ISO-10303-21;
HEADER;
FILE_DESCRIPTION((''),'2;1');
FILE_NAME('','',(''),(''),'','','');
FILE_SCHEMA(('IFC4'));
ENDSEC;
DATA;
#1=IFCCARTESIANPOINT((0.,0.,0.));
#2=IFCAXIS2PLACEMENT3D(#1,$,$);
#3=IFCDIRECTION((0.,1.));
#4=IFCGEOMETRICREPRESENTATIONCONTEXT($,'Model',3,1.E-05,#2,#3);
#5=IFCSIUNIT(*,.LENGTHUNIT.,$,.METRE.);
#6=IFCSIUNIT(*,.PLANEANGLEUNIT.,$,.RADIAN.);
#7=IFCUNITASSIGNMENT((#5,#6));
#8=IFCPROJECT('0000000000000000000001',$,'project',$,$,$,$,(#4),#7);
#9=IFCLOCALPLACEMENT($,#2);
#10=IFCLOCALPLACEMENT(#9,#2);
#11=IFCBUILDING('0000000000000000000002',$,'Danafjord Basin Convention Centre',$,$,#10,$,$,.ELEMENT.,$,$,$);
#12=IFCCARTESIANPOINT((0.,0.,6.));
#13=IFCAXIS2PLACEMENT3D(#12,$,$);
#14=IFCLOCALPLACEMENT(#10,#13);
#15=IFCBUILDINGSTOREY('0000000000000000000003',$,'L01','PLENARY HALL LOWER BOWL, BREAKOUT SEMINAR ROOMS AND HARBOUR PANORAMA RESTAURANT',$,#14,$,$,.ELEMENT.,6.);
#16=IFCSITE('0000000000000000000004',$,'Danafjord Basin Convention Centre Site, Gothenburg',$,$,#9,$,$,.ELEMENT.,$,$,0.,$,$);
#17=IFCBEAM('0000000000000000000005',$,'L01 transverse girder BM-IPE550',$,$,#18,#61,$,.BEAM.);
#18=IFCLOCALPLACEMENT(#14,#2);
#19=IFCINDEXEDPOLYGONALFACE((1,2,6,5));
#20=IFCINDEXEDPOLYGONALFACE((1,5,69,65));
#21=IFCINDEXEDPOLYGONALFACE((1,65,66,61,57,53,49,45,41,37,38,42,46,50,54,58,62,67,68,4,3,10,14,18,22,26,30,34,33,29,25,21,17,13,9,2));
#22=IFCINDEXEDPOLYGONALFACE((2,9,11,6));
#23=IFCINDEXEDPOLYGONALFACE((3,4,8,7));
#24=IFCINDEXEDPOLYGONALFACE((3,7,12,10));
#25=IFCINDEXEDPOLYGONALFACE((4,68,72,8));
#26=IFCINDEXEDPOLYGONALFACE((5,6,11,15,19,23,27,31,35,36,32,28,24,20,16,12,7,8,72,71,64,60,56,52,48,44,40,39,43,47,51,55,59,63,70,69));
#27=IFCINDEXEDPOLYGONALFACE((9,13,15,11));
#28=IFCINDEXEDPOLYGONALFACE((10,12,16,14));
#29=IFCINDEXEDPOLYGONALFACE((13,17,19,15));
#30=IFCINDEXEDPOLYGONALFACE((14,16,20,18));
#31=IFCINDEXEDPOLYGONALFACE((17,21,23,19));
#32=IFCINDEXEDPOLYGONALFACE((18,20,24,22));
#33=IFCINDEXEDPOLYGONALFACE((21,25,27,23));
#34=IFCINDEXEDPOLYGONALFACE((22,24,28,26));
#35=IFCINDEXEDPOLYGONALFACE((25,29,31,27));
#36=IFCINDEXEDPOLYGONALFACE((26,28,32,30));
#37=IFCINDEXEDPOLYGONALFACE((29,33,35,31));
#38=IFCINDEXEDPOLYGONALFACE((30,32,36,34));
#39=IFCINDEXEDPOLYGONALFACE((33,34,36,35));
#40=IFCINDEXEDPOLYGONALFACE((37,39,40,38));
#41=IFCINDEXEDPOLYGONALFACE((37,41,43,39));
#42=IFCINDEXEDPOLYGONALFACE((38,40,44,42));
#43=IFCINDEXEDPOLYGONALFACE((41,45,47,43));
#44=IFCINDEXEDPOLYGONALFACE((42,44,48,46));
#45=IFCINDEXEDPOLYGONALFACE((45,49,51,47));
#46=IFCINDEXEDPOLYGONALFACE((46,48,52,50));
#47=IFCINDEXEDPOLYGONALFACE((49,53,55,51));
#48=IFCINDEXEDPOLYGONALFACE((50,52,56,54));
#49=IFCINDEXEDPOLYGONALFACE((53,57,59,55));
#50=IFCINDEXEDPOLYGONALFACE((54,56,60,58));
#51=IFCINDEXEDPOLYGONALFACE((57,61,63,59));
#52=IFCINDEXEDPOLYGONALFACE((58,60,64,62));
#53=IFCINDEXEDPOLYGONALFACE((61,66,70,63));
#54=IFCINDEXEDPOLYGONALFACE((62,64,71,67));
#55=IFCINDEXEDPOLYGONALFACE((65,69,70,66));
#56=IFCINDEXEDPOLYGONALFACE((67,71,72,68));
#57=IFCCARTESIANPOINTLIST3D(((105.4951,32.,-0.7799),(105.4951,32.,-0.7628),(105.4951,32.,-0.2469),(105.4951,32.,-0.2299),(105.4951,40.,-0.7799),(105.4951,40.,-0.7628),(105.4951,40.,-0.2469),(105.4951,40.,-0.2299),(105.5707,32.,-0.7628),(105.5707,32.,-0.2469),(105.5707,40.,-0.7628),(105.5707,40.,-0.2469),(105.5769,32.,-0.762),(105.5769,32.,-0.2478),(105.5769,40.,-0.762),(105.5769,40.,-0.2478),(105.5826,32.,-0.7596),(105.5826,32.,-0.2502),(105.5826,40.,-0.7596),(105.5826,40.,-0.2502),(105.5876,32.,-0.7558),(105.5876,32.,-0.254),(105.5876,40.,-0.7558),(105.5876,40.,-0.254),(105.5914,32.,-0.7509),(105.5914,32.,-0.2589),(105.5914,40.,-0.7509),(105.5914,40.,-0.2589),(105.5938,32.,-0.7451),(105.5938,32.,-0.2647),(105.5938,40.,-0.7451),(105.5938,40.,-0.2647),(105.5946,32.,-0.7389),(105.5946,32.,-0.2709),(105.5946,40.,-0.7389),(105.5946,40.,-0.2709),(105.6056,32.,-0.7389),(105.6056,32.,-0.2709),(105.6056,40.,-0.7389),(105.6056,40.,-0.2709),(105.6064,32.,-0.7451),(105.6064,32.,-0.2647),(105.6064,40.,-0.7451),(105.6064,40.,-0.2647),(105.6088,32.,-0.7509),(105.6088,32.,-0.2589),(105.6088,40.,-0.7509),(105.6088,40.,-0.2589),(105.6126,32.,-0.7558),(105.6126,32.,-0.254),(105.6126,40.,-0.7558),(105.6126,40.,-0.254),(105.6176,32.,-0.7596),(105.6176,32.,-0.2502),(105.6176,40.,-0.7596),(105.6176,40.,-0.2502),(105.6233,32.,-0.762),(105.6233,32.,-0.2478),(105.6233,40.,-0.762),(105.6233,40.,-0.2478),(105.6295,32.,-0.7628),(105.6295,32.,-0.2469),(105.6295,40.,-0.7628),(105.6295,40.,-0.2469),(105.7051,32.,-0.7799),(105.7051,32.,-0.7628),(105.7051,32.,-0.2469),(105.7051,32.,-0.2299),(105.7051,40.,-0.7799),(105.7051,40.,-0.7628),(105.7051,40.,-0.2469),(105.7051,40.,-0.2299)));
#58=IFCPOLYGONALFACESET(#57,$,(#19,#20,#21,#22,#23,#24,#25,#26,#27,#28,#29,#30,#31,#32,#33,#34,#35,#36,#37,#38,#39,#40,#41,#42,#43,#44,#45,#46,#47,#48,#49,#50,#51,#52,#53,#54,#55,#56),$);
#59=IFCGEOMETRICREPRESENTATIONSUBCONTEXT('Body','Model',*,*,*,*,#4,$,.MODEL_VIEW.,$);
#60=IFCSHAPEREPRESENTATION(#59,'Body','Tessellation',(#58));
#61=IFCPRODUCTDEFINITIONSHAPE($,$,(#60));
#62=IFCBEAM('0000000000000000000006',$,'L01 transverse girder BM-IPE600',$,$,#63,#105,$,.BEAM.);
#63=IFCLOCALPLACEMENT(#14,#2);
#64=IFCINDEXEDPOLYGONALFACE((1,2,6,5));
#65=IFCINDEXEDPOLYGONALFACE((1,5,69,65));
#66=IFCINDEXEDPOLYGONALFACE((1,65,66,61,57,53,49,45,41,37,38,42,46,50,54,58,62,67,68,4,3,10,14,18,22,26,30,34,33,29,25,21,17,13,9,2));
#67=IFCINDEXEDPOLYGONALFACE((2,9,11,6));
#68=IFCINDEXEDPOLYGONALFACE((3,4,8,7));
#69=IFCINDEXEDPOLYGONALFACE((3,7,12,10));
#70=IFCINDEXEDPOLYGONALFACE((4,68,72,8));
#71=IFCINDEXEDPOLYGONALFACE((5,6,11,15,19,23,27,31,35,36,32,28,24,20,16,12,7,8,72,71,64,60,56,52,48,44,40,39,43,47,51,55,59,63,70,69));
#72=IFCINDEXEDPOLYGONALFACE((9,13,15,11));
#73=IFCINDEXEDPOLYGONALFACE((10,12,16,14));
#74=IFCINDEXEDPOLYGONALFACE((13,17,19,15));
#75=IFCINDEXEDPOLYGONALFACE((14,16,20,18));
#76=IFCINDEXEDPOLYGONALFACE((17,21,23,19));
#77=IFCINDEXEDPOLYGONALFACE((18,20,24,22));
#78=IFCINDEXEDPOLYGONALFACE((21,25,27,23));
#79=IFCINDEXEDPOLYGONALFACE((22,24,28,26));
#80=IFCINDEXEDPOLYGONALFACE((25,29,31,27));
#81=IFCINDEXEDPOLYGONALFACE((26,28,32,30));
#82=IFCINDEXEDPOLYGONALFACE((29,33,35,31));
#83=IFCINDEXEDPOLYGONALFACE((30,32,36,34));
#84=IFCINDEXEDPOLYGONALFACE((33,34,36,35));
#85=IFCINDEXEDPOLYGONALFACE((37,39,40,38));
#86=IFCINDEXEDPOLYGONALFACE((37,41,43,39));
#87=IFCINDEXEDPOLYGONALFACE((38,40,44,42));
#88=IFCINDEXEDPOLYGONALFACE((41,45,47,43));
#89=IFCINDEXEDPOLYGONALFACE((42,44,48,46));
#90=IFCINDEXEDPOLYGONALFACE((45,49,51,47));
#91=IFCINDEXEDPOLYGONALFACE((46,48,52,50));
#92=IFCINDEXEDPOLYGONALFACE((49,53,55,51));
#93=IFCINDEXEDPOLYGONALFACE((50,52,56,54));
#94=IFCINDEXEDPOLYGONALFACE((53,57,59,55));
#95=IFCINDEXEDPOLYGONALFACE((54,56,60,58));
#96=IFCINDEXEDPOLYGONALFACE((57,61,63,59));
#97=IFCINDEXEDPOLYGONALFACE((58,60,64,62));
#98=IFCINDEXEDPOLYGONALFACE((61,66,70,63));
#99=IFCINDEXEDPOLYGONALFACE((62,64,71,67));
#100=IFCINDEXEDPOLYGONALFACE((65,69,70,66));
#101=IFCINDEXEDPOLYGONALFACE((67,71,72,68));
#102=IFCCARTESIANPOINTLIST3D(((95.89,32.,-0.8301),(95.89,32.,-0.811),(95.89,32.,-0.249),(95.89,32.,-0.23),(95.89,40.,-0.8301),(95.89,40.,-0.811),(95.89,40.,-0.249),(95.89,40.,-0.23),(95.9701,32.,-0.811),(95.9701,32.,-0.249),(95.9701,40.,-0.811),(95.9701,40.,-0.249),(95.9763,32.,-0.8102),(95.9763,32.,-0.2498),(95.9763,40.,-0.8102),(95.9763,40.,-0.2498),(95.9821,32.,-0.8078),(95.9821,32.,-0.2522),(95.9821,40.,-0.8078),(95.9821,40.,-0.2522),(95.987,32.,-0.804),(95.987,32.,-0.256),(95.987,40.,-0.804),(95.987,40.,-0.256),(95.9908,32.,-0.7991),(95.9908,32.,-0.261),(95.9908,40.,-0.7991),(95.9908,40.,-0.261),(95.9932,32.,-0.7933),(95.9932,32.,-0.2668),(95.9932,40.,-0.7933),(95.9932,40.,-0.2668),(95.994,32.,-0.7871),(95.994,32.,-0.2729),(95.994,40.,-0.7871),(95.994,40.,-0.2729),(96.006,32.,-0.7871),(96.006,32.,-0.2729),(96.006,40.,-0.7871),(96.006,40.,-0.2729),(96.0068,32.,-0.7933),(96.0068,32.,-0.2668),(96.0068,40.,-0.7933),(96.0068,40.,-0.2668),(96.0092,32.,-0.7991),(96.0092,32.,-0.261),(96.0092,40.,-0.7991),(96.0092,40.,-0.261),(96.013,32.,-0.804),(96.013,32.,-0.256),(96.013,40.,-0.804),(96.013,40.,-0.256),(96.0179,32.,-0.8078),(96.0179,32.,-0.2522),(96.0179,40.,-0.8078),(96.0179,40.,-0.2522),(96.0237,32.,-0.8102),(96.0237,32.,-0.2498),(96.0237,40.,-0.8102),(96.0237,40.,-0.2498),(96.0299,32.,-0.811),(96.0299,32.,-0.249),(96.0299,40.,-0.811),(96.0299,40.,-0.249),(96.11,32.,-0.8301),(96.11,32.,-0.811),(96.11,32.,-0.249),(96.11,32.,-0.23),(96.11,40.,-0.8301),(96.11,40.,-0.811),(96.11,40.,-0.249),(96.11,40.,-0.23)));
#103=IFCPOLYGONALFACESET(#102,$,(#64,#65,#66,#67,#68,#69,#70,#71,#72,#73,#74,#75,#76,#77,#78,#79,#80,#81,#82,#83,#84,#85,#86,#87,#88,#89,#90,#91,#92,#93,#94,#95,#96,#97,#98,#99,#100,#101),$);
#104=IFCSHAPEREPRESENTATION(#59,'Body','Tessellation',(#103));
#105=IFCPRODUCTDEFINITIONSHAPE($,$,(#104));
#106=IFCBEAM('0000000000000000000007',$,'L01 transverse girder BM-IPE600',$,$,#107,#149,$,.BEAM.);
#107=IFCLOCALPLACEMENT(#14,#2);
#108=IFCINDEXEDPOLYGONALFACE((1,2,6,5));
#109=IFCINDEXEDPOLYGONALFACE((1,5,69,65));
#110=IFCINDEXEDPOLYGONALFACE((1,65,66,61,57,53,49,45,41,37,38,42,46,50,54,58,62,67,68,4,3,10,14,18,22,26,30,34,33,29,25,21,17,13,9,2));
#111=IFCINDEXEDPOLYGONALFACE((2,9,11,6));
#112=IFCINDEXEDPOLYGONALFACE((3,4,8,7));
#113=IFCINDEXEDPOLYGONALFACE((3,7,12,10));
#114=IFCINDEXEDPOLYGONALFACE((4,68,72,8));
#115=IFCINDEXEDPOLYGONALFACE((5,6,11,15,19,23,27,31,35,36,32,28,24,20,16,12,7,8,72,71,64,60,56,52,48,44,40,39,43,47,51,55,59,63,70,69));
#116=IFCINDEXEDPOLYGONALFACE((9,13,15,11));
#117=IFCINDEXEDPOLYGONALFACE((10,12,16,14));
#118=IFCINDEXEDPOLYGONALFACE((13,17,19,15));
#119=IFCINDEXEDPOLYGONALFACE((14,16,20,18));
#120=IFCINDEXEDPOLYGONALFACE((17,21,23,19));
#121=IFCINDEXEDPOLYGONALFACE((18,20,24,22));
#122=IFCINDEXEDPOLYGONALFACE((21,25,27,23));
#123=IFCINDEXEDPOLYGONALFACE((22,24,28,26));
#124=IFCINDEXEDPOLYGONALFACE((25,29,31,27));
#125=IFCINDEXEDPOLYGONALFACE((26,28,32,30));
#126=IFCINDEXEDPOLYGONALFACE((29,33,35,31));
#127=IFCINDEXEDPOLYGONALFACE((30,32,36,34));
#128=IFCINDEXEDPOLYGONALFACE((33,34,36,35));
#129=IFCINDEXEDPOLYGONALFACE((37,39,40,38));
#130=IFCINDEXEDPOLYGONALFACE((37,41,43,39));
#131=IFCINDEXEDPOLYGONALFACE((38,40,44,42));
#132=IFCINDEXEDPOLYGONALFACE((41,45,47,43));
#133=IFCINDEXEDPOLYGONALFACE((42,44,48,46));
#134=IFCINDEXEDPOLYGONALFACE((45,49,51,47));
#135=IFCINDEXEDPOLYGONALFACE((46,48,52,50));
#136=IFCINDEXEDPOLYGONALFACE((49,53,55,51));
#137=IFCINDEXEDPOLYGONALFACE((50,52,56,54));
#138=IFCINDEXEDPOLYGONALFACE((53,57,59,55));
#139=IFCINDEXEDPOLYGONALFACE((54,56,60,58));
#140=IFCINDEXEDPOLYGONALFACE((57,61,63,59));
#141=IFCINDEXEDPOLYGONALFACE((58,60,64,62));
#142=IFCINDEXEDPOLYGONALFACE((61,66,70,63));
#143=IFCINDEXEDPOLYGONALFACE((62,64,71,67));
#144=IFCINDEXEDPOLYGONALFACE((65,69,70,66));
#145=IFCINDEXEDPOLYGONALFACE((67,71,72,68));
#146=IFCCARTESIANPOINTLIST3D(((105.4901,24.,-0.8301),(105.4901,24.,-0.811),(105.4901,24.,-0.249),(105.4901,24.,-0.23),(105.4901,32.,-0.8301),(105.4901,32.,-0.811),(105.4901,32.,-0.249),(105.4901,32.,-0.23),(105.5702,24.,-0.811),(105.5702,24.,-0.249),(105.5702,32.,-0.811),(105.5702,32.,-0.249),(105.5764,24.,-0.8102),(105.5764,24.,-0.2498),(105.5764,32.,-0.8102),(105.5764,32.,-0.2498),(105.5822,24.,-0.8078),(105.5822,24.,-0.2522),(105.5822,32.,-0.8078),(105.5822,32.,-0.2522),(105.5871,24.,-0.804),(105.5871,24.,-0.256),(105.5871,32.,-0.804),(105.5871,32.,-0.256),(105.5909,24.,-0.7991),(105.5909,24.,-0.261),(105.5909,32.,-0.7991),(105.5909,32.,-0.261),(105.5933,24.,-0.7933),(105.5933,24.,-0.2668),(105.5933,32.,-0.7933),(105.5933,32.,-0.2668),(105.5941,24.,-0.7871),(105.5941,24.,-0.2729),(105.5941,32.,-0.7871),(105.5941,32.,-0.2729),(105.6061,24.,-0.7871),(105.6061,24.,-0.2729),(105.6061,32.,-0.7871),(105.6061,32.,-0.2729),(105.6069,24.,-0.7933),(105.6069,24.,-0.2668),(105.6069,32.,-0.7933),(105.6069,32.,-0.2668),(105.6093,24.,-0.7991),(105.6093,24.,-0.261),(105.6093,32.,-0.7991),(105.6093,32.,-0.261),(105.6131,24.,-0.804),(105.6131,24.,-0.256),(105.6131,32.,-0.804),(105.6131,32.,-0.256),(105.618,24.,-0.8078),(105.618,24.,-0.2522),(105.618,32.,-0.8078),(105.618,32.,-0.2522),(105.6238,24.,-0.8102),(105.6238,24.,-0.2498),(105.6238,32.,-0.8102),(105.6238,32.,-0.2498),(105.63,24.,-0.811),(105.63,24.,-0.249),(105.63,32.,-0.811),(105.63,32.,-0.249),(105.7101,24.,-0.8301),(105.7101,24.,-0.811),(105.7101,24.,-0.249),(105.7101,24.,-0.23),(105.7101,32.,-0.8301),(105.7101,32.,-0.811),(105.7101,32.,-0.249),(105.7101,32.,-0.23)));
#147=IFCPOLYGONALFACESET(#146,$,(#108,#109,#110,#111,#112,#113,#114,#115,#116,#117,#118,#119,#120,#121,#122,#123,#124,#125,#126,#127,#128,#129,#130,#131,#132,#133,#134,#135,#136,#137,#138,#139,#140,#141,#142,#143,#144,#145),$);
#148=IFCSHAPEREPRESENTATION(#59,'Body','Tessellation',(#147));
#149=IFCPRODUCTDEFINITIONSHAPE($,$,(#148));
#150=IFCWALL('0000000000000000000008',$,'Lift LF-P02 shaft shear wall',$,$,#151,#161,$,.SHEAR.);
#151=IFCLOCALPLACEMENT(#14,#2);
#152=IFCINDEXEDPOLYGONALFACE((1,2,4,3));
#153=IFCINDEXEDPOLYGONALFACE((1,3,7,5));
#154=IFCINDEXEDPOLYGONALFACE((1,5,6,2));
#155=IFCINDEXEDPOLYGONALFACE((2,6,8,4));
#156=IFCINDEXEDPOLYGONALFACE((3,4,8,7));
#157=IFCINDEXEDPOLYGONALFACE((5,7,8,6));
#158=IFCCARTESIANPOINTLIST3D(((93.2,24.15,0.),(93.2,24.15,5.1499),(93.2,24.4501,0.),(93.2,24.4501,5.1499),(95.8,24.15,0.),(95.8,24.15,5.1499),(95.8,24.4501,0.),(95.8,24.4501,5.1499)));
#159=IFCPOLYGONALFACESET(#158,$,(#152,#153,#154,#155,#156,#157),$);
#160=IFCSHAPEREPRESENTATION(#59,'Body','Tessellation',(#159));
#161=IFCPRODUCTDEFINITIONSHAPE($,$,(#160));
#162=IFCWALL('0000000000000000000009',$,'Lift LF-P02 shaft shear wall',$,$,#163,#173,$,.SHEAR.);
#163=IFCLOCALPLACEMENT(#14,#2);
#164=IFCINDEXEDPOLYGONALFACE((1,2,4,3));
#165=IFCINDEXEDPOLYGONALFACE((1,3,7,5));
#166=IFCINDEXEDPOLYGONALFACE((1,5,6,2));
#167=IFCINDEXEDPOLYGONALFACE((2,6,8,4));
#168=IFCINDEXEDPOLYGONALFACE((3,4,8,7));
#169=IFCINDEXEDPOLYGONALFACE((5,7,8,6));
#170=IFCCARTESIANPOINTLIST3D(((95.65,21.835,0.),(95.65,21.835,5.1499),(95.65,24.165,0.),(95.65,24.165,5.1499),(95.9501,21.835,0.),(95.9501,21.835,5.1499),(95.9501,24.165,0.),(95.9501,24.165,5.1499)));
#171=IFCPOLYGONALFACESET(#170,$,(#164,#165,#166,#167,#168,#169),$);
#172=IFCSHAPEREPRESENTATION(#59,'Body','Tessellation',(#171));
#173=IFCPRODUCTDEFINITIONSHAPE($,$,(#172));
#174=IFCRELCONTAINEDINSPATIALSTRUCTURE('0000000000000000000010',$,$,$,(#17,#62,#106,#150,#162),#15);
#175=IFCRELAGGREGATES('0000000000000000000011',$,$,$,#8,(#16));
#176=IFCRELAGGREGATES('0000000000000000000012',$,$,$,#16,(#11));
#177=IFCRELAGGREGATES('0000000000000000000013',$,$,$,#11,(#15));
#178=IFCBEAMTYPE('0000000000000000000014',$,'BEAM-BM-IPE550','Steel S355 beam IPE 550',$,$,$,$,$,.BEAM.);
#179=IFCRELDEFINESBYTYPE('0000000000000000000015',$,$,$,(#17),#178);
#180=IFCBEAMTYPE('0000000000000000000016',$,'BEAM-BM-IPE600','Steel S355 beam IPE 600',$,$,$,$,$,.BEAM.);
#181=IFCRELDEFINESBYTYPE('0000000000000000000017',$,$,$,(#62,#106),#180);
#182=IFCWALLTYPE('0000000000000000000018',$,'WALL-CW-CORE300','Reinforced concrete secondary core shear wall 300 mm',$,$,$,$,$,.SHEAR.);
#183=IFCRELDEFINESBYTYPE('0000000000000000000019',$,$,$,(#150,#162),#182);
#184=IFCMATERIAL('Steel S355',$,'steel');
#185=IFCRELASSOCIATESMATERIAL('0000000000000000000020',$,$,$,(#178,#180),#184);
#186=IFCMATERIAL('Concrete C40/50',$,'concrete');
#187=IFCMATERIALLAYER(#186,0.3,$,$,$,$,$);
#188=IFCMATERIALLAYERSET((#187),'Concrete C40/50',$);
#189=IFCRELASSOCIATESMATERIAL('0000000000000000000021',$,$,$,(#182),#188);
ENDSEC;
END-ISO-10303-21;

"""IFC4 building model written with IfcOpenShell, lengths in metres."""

from ifc_helpers import new_model, si_unit, direction, frame, frame_2d, origin, origin_2d, place, context, subcontext, project, spatial, rectangle, i_section, extrude, material, layer, layer_set, material_profile, profile_set, type_object, element, save


model = new_model("IFC4")

# Units and contexts
model_context = context("Model", 3, precision=1e-05, world=origin(), true_north=direction((0.0, 1.0)))
body_context = subcontext(model_context, "Body", "Model", "MODEL_VIEW")
ifc_project = project(units=[si_unit("LENGTHUNIT", "METRE"), si_unit("PLANEANGLEUNIT", "RADIAN")], contexts=[model_context])

# Site, building, storey
site_placement = place(None, origin())
site = spatial("IfcSite", under=ifc_project, at=site_placement, Name="Danafjord Basin Convention Centre Site, Gothenburg", CompositionType="ELEMENT", RefElevation=0.0)
building_placement = place(site_placement, origin())
building = spatial("IfcBuilding", under=site, at=building_placement, Name="Danafjord Basin Convention Centre", CompositionType="ELEMENT")
storey_placement = place(building_placement, frame((0.0, 0.0, 6.0)))
storey = spatial("IfcBuildingStorey", under=building, at=storey_placement, Name="L01", Description="PLENARY HALL LOWER BOWL, BREAKOUT SEMINAR ROOMS AND HARBOUR PANORAMA RESTAURANT", CompositionType="ELEMENT", Elevation=6.0)

# Shared definitions
ifc_material_1 = material(Name="Steel S355", Category="steel")

# Beams
ifc_material_profile_1 = material_profile(ifc_material_1, i_section(OverallWidth=0.21, OverallDepth=0.55, WebThickness=0.011, FlangeThickness=0.0171, FilletRadius=0.0239, at=origin_2d()), Name="IPE 550")
ifc_profile_set_1 = profile_set([ifc_material_profile_1], Name="Steel S355")
beam_type_1 = type_object("IfcBeamType", Name="BEAM-BM-IPE550", Description="Steel S355 beam IPE 550", PredefinedType="BEAM", material=ifc_profile_set_1)
beam_1_placement = place(storey_placement, frame((105.6001, 32.0, -0.5049), z_axis=(0.0, 1.0, 0.0), x_axis=(-1.0, 0.0, 0.0)))
element("IfcBeam", 1, at=beam_1_placement, inside=storey, type_object=beam_type_1, Name="L01 transverse girder BM-IPE550", PredefinedType="BEAM", context=body_context, shape_type="SweptSolid", body=[
    extrude(i_section(OverallWidth=0.21, OverallDepth=0.55, WebThickness=0.011, FlangeThickness=0.0171, FilletRadius=0.0239, at=origin_2d()), origin(), (0.0, 0.0, 1.0), 8.0),
])
ifc_material_profile_2 = material_profile(ifc_material_1, i_section(OverallWidth=0.22, OverallDepth=0.6001, WebThickness=0.012, FlangeThickness=0.019, FilletRadius=0.0239, at=origin_2d()), Name="IPE 600")
ifc_profile_set_2 = profile_set([ifc_material_profile_2], Name="Steel S355")
beam_type_2 = type_object("IfcBeamType", Name="BEAM-BM-IPE600", Description="Steel S355 beam IPE 600", PredefinedType="BEAM", material=ifc_profile_set_2)
for number, where, z_axis, x_axis, name in (
    (2, (96.0, 32.0, -0.53), (0.0, 1.0, 0.0), (-1.0, 0.0, 0.0), "L01 transverse girder BM-IPE600"),
    (3, (105.6001, 24.0, -0.53), (0.0, 1.0, 0.0), (-1.0, 0.0, 0.0), "L01 transverse girder BM-IPE600"),
):
    element("IfcBeam", number, at=place(storey_placement, frame(where, z_axis=z_axis, x_axis=x_axis)), inside=storey, type_object=beam_type_2, Name=name, PredefinedType="BEAM", context=body_context, shape_type="SweptSolid", body=[
        extrude(i_section(OverallWidth=0.22, OverallDepth=0.6001, WebThickness=0.012, FlangeThickness=0.019, FilletRadius=0.0239, at=origin_2d()), origin(), (0.0, 0.0, 1.0), 8.0),
    ])

# Walls
ifc_material_2 = material(Name="Concrete C40/50", Category="concrete")
ifc_layer_1 = layer(ifc_material_2, 0.3)
ifc_layer_set_1 = layer_set([ifc_layer_1], Name="Concrete C40/50")
wall_type_1 = type_object("IfcWallType", Name="WALL-CW-CORE300", Description="Reinforced concrete secondary core shear wall 300 mm", PredefinedType="SHEAR", material=ifc_layer_set_1)
wall_1_placement = place(storey_placement, frame((95.8, 24.3, 0.0), z_axis=(0.0, 0.0, 1.0), x_axis=(-1.0, 0.0, 0.0)))
element("IfcWall", 4, at=wall_1_placement, inside=storey, type_object=wall_type_1, Name="Lift LF-P02 shaft shear wall", PredefinedType="SHEAR", context=body_context, shape_type="SweptSolid", body=[
    extrude(rectangle(XDim=2.6001, YDim=0.3, at=frame_2d((1.3, 0.0))), origin(), (0.0, 0.0, 1.0), 5.1499),
])
wall_2_placement = place(storey_placement, frame((95.8, 21.835, 0.0), z_axis=(0.0, 0.0, 1.0), x_axis=(0.0, 1.0, 0.0)))
element("IfcWall", 5, at=wall_2_placement, inside=storey, type_object=wall_type_1, Name="Lift LF-P02 shaft shear wall", PredefinedType="SHEAR", context=body_context, shape_type="SweptSolid", body=[
    extrude(rectangle(XDim=2.3301, YDim=0.3, at=frame_2d((1.165, 0.0))), origin(), (0.0, 0.0, 1.0), 5.1499),
])

save(model, "model.ifc")
